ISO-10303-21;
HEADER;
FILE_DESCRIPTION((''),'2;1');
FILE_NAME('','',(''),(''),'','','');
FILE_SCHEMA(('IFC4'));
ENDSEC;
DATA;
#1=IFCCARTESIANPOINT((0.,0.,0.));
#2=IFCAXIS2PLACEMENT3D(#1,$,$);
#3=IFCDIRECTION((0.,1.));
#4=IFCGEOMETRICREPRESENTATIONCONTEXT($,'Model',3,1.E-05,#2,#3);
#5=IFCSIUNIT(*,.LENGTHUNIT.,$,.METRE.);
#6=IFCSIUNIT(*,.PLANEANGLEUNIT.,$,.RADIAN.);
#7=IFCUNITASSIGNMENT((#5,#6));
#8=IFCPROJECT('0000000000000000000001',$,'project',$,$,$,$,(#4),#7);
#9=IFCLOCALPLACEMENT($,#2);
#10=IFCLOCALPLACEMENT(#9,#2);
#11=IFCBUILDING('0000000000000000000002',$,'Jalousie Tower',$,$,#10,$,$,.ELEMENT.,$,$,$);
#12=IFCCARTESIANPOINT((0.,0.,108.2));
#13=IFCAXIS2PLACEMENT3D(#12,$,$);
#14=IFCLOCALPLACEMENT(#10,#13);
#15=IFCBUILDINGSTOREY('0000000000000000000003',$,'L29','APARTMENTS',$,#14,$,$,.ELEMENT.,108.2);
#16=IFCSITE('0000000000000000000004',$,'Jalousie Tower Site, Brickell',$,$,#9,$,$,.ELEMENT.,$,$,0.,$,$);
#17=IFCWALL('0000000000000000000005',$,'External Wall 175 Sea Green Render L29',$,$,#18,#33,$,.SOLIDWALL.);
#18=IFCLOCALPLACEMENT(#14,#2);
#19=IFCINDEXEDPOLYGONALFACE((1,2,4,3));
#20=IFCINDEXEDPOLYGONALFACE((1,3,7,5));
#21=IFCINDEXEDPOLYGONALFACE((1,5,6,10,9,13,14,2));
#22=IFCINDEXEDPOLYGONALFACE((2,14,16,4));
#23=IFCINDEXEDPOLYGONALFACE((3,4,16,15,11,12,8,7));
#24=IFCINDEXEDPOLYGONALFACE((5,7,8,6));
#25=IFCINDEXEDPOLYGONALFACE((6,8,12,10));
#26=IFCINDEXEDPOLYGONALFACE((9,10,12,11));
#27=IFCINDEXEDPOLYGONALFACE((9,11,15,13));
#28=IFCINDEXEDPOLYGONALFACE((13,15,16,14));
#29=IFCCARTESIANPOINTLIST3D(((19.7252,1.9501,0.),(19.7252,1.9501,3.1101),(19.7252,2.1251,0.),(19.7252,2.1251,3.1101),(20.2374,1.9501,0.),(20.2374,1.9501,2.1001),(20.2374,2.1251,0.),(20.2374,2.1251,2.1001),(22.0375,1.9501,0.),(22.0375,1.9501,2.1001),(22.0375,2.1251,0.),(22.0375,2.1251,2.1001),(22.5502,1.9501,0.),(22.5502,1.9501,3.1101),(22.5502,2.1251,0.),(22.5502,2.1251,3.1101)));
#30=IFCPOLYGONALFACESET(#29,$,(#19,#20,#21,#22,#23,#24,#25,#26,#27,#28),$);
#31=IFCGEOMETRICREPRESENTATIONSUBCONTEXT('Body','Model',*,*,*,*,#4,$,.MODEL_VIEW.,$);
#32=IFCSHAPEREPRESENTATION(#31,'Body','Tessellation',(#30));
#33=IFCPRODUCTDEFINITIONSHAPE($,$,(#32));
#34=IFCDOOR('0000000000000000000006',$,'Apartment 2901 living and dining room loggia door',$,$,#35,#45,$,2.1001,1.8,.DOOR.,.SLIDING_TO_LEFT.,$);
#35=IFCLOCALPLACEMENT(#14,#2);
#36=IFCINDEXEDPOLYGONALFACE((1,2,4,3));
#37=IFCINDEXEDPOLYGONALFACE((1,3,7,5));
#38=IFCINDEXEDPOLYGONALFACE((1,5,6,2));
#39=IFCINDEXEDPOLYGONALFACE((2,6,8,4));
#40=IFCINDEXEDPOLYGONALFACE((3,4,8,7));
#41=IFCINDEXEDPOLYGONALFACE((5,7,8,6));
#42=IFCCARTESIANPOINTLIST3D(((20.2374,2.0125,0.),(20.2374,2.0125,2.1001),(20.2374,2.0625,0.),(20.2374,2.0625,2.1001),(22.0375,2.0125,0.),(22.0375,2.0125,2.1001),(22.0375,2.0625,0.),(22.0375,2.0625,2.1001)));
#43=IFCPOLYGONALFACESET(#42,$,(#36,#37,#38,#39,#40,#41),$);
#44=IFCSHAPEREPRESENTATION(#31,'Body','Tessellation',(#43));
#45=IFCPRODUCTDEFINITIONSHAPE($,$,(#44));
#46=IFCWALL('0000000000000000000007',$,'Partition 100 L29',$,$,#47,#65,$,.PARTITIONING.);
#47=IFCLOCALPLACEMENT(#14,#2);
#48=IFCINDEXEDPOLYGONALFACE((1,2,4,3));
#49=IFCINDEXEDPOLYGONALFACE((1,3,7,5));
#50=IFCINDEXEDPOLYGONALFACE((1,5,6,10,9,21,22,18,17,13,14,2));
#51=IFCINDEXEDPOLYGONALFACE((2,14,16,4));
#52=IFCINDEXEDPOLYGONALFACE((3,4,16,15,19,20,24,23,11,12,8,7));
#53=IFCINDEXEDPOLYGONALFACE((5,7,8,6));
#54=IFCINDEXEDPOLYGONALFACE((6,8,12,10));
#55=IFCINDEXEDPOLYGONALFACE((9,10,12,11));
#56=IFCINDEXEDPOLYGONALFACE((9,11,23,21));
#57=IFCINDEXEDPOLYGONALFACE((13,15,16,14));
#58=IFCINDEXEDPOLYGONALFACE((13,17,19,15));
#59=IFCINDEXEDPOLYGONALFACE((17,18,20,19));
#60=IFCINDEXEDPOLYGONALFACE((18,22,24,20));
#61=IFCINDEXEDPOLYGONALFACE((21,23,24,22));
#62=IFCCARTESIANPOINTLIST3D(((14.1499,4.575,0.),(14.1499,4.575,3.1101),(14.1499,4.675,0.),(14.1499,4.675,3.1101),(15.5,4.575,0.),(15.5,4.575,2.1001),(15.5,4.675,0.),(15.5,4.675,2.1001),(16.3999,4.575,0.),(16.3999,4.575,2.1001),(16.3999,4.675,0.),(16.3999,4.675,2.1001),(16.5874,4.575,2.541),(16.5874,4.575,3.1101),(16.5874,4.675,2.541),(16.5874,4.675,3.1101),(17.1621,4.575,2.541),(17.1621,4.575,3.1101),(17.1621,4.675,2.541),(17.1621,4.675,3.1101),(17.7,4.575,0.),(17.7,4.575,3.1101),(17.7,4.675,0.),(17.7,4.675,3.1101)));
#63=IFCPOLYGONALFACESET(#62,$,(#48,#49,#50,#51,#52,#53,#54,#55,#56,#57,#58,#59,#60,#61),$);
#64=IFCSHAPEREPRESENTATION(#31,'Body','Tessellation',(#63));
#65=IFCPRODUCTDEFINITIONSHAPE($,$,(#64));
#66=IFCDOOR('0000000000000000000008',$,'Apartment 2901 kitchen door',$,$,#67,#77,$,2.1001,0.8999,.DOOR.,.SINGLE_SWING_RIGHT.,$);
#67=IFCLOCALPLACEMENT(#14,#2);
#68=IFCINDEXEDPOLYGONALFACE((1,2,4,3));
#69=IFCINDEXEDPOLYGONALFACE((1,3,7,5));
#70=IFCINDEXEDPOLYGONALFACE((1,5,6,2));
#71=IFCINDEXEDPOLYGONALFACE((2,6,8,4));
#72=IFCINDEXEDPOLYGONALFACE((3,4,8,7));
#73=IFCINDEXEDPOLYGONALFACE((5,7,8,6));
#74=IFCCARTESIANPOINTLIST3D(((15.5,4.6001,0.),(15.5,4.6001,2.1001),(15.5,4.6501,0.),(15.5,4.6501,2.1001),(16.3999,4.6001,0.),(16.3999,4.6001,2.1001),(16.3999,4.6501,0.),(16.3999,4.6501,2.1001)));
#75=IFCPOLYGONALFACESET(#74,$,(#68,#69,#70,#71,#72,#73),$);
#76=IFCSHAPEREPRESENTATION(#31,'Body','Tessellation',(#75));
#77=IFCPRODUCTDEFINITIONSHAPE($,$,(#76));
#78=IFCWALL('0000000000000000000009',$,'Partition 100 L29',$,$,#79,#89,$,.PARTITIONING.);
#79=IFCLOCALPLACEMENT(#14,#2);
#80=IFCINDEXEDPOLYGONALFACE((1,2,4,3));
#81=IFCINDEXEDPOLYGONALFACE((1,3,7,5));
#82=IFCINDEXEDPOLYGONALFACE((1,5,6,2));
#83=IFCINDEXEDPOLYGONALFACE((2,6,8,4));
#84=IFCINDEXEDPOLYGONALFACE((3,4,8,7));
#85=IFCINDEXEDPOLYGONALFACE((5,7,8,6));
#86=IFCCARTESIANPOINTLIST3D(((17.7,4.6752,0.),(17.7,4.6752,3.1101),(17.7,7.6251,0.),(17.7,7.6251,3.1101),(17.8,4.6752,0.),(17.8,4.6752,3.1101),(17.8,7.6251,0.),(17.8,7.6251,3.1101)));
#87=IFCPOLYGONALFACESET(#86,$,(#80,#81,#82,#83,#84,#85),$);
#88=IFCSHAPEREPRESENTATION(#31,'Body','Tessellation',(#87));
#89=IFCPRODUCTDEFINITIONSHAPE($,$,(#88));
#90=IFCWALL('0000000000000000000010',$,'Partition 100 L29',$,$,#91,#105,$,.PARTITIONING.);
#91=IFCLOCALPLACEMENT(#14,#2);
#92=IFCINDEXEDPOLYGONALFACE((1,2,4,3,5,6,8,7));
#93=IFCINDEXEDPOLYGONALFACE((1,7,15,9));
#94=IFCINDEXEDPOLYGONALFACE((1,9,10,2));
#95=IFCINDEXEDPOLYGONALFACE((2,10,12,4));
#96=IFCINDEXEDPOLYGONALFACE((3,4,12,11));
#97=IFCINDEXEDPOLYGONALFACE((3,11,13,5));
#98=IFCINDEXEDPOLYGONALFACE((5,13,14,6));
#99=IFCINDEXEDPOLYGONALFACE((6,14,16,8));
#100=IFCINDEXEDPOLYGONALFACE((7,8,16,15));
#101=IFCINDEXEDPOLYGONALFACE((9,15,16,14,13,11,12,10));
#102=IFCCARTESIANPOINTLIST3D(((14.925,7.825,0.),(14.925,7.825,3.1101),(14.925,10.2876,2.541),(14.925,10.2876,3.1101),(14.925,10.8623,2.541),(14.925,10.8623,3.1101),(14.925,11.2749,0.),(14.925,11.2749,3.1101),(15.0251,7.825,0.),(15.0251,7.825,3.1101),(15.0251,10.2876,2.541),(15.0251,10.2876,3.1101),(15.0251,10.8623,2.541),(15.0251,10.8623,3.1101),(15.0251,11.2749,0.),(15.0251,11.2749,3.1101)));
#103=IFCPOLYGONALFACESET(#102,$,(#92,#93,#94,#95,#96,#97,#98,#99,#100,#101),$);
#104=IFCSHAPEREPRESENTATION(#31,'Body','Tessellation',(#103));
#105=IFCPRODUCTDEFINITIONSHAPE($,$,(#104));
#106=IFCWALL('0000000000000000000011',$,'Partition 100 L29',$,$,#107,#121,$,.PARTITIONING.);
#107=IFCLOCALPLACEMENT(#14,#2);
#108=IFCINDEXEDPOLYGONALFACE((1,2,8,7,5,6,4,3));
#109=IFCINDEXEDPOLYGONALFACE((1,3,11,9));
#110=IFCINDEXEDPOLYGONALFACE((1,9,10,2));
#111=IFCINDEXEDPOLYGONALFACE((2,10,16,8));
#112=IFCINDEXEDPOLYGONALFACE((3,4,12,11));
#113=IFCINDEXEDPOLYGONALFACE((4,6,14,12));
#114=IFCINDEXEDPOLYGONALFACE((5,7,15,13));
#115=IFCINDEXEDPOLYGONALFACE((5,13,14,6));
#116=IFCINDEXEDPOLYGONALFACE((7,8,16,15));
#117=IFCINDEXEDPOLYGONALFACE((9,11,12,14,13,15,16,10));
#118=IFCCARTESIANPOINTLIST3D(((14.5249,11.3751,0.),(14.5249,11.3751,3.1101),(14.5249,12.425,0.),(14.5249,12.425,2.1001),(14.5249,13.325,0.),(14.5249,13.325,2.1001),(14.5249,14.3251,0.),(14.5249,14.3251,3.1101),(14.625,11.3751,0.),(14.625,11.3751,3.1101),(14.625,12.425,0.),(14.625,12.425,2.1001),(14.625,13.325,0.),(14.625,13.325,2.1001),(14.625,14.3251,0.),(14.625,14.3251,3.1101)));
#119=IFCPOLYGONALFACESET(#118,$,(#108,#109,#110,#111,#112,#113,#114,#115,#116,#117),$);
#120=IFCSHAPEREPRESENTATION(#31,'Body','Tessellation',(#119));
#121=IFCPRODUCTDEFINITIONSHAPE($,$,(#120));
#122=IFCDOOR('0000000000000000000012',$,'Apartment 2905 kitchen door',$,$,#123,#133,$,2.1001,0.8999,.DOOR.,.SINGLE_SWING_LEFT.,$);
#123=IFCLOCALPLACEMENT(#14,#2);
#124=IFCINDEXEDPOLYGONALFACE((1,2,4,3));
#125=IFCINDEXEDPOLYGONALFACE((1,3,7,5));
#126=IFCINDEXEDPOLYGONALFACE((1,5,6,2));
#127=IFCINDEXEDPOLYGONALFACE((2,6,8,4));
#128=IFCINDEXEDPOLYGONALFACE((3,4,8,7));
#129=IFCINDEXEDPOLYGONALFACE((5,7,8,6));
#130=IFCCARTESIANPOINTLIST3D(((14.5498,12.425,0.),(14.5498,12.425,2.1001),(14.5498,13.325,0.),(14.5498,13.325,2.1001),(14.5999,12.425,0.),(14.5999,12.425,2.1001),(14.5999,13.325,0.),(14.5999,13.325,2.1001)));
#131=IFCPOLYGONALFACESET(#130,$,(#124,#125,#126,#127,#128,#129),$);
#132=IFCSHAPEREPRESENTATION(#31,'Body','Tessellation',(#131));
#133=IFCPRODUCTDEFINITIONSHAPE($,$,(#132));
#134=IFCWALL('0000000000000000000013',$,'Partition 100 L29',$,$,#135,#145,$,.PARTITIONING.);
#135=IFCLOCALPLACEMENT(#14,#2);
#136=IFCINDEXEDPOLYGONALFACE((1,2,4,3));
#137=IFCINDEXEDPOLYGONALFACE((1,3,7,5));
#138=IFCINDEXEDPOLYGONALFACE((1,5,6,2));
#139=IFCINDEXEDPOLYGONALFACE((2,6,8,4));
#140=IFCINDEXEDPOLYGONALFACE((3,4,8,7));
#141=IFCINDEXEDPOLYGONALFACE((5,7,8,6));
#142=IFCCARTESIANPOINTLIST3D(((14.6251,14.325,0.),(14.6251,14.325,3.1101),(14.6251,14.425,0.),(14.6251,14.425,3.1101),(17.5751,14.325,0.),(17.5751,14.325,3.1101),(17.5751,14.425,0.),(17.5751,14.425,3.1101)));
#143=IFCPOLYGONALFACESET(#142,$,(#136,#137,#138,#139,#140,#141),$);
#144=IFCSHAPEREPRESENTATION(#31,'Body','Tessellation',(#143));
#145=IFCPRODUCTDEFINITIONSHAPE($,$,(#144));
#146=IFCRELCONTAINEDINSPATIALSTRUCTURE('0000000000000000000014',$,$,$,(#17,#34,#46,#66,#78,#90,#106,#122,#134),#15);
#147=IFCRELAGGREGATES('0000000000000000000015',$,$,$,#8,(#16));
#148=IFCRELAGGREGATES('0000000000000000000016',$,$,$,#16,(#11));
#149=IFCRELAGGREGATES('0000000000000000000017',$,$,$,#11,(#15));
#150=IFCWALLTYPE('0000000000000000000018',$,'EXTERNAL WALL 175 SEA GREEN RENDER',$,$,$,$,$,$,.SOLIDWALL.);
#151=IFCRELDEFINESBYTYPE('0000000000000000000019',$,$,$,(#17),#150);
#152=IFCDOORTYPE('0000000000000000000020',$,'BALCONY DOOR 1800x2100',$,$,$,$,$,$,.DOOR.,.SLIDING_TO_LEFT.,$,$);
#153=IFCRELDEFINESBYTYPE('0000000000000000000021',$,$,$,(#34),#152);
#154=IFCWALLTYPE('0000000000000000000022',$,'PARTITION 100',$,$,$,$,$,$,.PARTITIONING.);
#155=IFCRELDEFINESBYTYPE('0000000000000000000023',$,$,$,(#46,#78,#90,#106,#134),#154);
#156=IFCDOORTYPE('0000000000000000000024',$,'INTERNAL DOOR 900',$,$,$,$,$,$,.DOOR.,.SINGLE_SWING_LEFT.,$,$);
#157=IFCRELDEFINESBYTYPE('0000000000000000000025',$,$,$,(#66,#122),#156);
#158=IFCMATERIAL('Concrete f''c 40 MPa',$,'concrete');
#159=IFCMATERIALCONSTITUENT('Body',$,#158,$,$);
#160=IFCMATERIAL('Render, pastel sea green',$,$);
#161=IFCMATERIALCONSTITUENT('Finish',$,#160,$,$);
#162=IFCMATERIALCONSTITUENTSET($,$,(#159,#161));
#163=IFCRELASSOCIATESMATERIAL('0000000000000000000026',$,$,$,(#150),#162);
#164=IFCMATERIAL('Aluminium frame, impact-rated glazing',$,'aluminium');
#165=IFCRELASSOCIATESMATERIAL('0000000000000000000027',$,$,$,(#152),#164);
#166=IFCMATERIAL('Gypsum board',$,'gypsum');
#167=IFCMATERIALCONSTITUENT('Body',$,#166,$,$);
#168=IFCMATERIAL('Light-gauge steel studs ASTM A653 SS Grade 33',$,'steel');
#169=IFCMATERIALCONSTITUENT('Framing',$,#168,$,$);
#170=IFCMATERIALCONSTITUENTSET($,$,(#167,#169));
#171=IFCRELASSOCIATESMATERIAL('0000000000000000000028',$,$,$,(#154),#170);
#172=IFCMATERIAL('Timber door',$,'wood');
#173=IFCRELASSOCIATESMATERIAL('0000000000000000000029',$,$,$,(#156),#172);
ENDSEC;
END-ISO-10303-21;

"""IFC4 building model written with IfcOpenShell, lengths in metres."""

from ifc_helpers import new_model, si_unit, direction, frame, frame_2d, origin, place, context, subcontext, project, spatial, polyline, rectangle, outline, extrude, material, constituent, constituent_set, type_object, element, fill, save


model = new_model("IFC4")

# Units and contexts
model_context = context("Model", 3, precision=1e-05, world=origin(), true_north=direction((0.0, 1.0)))
body_context = subcontext(model_context, "Body", "Model", "MODEL_VIEW")
ifc_project = project(units=[si_unit("LENGTHUNIT", "METRE"), si_unit("PLANEANGLEUNIT", "RADIAN")], contexts=[model_context])

# Site, building, storey
site_placement = place(None, origin())
site = spatial("IfcSite", under=ifc_project, at=site_placement, Name="Jalousie Tower Site, Brickell", CompositionType="ELEMENT", RefElevation=0.0)
building_placement = place(site_placement, origin())
building = spatial("IfcBuilding", under=site, at=building_placement, Name="Jalousie Tower", CompositionType="ELEMENT")
storey_placement = place(building_placement, frame((0.0, 0.0, 108.2)))
storey = spatial("IfcBuildingStorey", under=building, at=storey_placement, Name="L29", Description="APARTMENTS", CompositionType="ELEMENT", Elevation=108.2)

# Walls, openings, doors
ifc_material_1 = material(Name="Concrete f'c 40 MPa", Category="concrete")
ifc_constituent_1 = constituent(ifc_material_1, Name="Body")
ifc_material_2 = material(Name="Render, pastel sea green")
ifc_constituent_2 = constituent(ifc_material_2, Name="Finish")
ifc_constituent_set_1 = constituent_set(constituents=[ifc_constituent_1, ifc_constituent_2])
wall_type_1 = type_object("IfcWallType", Name="EXTERNAL WALL 175 SEA GREEN RENDER", PredefinedType="SOLIDWALL", material=ifc_constituent_set_1)
wall_1_placement = place(storey_placement, frame((19.7251, 2.0376, 0.0), z_axis=(0.0, 0.0, 1.0), x_axis=(1.0, 0.0, 0.0)))
wall_1 = element("IfcWall", 1, at=wall_1_placement, inside=storey, type_object=wall_type_1, Name="External Wall 175 Sea Green Render L29", PredefinedType="SOLIDWALL", context=body_context, shape_type="SweptSolid", body=[
    extrude(rectangle(XDim=2.825, YDim=0.175, at=frame_2d((1.4126, 0.0))), origin(), (0.0, 0.0, 1.0), 3.1101),
])
opening_1_placement = place(wall_1_placement, frame((0.5125, 0.0, 0.0)))
opening_1 = element("IfcOpeningElement", 2, at=opening_1_placement, cuts=wall_1, PredefinedType="OPENING", context=body_context, shape_type="SweptSolid", body=[
    extrude(rectangle(XDim=1.8, YDim=2.1001, at=frame_2d((0.8999, 1.05))), frame((0.0, 0.0974, 0.0), z_axis=(0.0, -1.0, 0.0), x_axis=(1.0, 0.0, 0.0)), (0.0, 0.0, 1.0), 0.1951),
])
ifc_material_3 = material(Name="Aluminium frame, impact-rated glazing", Category="aluminium")
door_type_1 = type_object("IfcDoorType", Name="BALCONY DOOR 1800x2100", OperationType="SLIDING_TO_LEFT", PredefinedType="DOOR", material=ifc_material_3)
door_1_placement = place(opening_1_placement, origin())
door_1 = element("IfcDoor", 3, at=door_1_placement, inside=storey, type_object=door_type_1, Name="Apartment 2901 living and dining room loggia door", OperationType="SLIDING_TO_LEFT", OverallHeight=2.1001, OverallWidth=1.8, PredefinedType="DOOR", context=body_context, shape_type="SweptSolid", body=[
    extrude(rectangle(XDim=1.8, YDim=2.1001, at=frame_2d((0.8999, 1.05))), frame((0.0, 0.0249, 0.0), z_axis=(0.0, -1.0, 0.0), x_axis=(1.0, 0.0, 0.0)), (0.0, 0.0, 1.0), 0.05),
])
fill(opening_1, door_1)
ifc_material_4 = material(Name="Gypsum board", Category="gypsum")
ifc_constituent_3 = constituent(ifc_material_4, Name="Body")
ifc_material_5 = material(Name="Light-gauge steel studs ASTM A653 SS Grade 33", Category="steel")
ifc_constituent_4 = constituent(ifc_material_5, Name="Framing")
ifc_constituent_set_2 = constituent_set(constituents=[ifc_constituent_3, ifc_constituent_4])
wall_type_2 = type_object("IfcWallType", Name="PARTITION 100", PredefinedType="PARTITIONING", material=ifc_constituent_set_2)
wall_2_placement = place(storey_placement, frame((14.1499, 4.625, 0.0), z_axis=(0.0, 0.0, 1.0), x_axis=(1.0, 0.0, 0.0)))
wall_2 = element("IfcWall", 4, at=wall_2_placement, inside=storey, type_object=wall_type_2, Name="Partition 100 L29", PredefinedType="PARTITIONING", context=body_context, shape_type="SweptSolid", body=[
    extrude(outline(polyline([(0.0, 0.0), (3.55, 0.0), (3.55, 3.1101), (3.0122, 3.1101), (3.0122, 2.541), (2.4375, 2.541), (2.4375, 3.1101), (0.0, 3.1101), (0.0, 0.0)])), frame((0.0, 0.05, 0.0), z_axis=(0.0, -1.0, 0.0), x_axis=(1.0, 0.0, 0.0)), (0.0, 0.0, 1.0), 0.1001),
])
opening_2_placement = place(wall_2_placement, frame((1.3501, 0.0, 0.0)))
opening_2 = element("IfcOpeningElement", 5, at=opening_2_placement, cuts=wall_2, PredefinedType="OPENING", context=body_context, shape_type="SweptSolid", body=[
    extrude(rectangle(XDim=0.8999, YDim=2.1001, at=frame_2d((0.45, 1.05))), frame((0.0, 0.0601, 0.0), z_axis=(0.0, -1.0, 0.0), x_axis=(1.0, 0.0, 0.0)), (0.0, 0.0, 1.0), 0.1201),
])
ifc_material_6 = material(Name="Timber door", Category="wood")
door_type_2 = type_object("IfcDoorType", Name="INTERNAL DOOR 900", OperationType="SINGLE_SWING_LEFT", PredefinedType="DOOR", material=ifc_material_6)
door_2_placement = place(opening_2_placement, frame((0.8999, 0.0, 0.0), z_axis=(0.0, 0.0, 1.0), x_axis=(-1.0, 0.0, 0.0)))
door_2 = element("IfcDoor", 6, at=door_2_placement, inside=storey, type_object=door_type_2, Name="Apartment 2901 kitchen door", OperationType="SINGLE_SWING_RIGHT", OverallHeight=2.1001, OverallWidth=0.8999, PredefinedType="DOOR", context=body_context, shape_type="SweptSolid", body=[
    extrude(rectangle(XDim=0.8999, YDim=2.1001, at=frame_2d((0.45, 1.05))), frame((0.0, 0.0249, 0.0), z_axis=(0.0, -1.0, 0.0), x_axis=(1.0, 0.0, 0.0)), (0.0, 0.0, 1.0), 0.05),
])
fill(opening_2, door_2)

# Walls
wall_3_placement = place(storey_placement, frame((17.75, 4.675, 0.0), z_axis=(0.0, 0.0, 1.0), x_axis=(0.0, 1.0, 0.0)))
element("IfcWall", 7, at=wall_3_placement, inside=storey, type_object=wall_type_2, Name="Partition 100 L29", PredefinedType="PARTITIONING", context=body_context, shape_type="SweptSolid", body=[
    extrude(rectangle(XDim=2.95, YDim=0.1001, at=frame_2d((1.4751, 0.0))), origin(), (0.0, 0.0, 1.0), 3.1101),
])
wall_4_placement = place(storey_placement, frame((14.9751, 7.825, 0.0), z_axis=(0.0, 0.0, 1.0), x_axis=(0.0, 1.0, 0.0)))
element("IfcWall", 8, at=wall_4_placement, inside=storey, type_object=wall_type_2, Name="Partition 100 L29", PredefinedType="PARTITIONING", context=body_context, shape_type="SweptSolid", body=[
    extrude(outline(polyline([(0.0, 0.0), (3.45, 0.0), (3.45, 3.1101), (3.0374, 3.1101), (3.0374, 2.541), (2.4626, 2.541), (2.4626, 3.1101), (0.0, 3.1101), (0.0, 0.0)])), frame((0.0, 0.05, 0.0), z_axis=(0.0, -1.0, 0.0), x_axis=(1.0, 0.0, 0.0)), (0.0, 0.0, 1.0), 0.1001),
])

# Wall, opening, door
wall_5_placement = place(storey_placement, frame((14.575, 11.375, 0.0), z_axis=(0.0, 0.0, 1.0), x_axis=(0.0, 1.0, 0.0)))
wall_5 = element("IfcWall", 9, at=wall_5_placement, inside=storey, type_object=wall_type_2, Name="Partition 100 L29", PredefinedType="PARTITIONING", context=body_context, shape_type="SweptSolid", body=[
    extrude(rectangle(XDim=2.95, YDim=0.1001, at=frame_2d((1.4751, 0.0))), origin(), (0.0, 0.0, 1.0), 3.1101),
])
opening_3_placement = place(wall_5_placement, frame((1.05, 0.0, 0.0)))
opening_3 = element("IfcOpeningElement", 10, at=opening_3_placement, cuts=wall_5, PredefinedType="OPENING", context=body_context, shape_type="SweptSolid", body=[
    extrude(rectangle(XDim=0.8999, YDim=2.1001, at=frame_2d((0.45, 1.05))), frame((0.0, 0.0601, 0.0), z_axis=(0.0, -1.0, 0.0), x_axis=(1.0, 0.0, 0.0)), (0.0, 0.0, 1.0), 0.1201),
])
door_3_placement = place(opening_3_placement, frame((0.8999, 0.0, 0.0), z_axis=(0.0, 0.0, 1.0), x_axis=(-1.0, 0.0, 0.0)))
door_3 = element("IfcDoor", 11, at=door_3_placement, inside=storey, type_object=door_type_2, Name="Apartment 2905 kitchen door", OperationType="SINGLE_SWING_LEFT", OverallHeight=2.1001, OverallWidth=0.8999, PredefinedType="DOOR", context=body_context, shape_type="SweptSolid", body=[
    extrude(rectangle(XDim=0.8999, YDim=2.1001, at=frame_2d((0.45, 1.05))), frame((0.0, 0.0249, 0.0), z_axis=(0.0, -1.0, 0.0), x_axis=(1.0, 0.0, 0.0)), (0.0, 0.0, 1.0), 0.05),
])
fill(opening_3, door_3)

# Wall
wall_6_placement = place(storey_placement, frame((14.625, 14.375, 0.0), z_axis=(0.0, 0.0, 1.0), x_axis=(1.0, 0.0, 0.0)))
element("IfcWall", 12, at=wall_6_placement, inside=storey, type_object=wall_type_2, Name="Partition 100 L29", PredefinedType="PARTITIONING", context=body_context, shape_type="SweptSolid", body=[
    extrude(rectangle(XDim=2.95, YDim=0.1001, at=frame_2d((1.4751, 0.0))), origin(), (0.0, 0.0, 1.0), 3.1101),
])

save(model, "model.ifc")
